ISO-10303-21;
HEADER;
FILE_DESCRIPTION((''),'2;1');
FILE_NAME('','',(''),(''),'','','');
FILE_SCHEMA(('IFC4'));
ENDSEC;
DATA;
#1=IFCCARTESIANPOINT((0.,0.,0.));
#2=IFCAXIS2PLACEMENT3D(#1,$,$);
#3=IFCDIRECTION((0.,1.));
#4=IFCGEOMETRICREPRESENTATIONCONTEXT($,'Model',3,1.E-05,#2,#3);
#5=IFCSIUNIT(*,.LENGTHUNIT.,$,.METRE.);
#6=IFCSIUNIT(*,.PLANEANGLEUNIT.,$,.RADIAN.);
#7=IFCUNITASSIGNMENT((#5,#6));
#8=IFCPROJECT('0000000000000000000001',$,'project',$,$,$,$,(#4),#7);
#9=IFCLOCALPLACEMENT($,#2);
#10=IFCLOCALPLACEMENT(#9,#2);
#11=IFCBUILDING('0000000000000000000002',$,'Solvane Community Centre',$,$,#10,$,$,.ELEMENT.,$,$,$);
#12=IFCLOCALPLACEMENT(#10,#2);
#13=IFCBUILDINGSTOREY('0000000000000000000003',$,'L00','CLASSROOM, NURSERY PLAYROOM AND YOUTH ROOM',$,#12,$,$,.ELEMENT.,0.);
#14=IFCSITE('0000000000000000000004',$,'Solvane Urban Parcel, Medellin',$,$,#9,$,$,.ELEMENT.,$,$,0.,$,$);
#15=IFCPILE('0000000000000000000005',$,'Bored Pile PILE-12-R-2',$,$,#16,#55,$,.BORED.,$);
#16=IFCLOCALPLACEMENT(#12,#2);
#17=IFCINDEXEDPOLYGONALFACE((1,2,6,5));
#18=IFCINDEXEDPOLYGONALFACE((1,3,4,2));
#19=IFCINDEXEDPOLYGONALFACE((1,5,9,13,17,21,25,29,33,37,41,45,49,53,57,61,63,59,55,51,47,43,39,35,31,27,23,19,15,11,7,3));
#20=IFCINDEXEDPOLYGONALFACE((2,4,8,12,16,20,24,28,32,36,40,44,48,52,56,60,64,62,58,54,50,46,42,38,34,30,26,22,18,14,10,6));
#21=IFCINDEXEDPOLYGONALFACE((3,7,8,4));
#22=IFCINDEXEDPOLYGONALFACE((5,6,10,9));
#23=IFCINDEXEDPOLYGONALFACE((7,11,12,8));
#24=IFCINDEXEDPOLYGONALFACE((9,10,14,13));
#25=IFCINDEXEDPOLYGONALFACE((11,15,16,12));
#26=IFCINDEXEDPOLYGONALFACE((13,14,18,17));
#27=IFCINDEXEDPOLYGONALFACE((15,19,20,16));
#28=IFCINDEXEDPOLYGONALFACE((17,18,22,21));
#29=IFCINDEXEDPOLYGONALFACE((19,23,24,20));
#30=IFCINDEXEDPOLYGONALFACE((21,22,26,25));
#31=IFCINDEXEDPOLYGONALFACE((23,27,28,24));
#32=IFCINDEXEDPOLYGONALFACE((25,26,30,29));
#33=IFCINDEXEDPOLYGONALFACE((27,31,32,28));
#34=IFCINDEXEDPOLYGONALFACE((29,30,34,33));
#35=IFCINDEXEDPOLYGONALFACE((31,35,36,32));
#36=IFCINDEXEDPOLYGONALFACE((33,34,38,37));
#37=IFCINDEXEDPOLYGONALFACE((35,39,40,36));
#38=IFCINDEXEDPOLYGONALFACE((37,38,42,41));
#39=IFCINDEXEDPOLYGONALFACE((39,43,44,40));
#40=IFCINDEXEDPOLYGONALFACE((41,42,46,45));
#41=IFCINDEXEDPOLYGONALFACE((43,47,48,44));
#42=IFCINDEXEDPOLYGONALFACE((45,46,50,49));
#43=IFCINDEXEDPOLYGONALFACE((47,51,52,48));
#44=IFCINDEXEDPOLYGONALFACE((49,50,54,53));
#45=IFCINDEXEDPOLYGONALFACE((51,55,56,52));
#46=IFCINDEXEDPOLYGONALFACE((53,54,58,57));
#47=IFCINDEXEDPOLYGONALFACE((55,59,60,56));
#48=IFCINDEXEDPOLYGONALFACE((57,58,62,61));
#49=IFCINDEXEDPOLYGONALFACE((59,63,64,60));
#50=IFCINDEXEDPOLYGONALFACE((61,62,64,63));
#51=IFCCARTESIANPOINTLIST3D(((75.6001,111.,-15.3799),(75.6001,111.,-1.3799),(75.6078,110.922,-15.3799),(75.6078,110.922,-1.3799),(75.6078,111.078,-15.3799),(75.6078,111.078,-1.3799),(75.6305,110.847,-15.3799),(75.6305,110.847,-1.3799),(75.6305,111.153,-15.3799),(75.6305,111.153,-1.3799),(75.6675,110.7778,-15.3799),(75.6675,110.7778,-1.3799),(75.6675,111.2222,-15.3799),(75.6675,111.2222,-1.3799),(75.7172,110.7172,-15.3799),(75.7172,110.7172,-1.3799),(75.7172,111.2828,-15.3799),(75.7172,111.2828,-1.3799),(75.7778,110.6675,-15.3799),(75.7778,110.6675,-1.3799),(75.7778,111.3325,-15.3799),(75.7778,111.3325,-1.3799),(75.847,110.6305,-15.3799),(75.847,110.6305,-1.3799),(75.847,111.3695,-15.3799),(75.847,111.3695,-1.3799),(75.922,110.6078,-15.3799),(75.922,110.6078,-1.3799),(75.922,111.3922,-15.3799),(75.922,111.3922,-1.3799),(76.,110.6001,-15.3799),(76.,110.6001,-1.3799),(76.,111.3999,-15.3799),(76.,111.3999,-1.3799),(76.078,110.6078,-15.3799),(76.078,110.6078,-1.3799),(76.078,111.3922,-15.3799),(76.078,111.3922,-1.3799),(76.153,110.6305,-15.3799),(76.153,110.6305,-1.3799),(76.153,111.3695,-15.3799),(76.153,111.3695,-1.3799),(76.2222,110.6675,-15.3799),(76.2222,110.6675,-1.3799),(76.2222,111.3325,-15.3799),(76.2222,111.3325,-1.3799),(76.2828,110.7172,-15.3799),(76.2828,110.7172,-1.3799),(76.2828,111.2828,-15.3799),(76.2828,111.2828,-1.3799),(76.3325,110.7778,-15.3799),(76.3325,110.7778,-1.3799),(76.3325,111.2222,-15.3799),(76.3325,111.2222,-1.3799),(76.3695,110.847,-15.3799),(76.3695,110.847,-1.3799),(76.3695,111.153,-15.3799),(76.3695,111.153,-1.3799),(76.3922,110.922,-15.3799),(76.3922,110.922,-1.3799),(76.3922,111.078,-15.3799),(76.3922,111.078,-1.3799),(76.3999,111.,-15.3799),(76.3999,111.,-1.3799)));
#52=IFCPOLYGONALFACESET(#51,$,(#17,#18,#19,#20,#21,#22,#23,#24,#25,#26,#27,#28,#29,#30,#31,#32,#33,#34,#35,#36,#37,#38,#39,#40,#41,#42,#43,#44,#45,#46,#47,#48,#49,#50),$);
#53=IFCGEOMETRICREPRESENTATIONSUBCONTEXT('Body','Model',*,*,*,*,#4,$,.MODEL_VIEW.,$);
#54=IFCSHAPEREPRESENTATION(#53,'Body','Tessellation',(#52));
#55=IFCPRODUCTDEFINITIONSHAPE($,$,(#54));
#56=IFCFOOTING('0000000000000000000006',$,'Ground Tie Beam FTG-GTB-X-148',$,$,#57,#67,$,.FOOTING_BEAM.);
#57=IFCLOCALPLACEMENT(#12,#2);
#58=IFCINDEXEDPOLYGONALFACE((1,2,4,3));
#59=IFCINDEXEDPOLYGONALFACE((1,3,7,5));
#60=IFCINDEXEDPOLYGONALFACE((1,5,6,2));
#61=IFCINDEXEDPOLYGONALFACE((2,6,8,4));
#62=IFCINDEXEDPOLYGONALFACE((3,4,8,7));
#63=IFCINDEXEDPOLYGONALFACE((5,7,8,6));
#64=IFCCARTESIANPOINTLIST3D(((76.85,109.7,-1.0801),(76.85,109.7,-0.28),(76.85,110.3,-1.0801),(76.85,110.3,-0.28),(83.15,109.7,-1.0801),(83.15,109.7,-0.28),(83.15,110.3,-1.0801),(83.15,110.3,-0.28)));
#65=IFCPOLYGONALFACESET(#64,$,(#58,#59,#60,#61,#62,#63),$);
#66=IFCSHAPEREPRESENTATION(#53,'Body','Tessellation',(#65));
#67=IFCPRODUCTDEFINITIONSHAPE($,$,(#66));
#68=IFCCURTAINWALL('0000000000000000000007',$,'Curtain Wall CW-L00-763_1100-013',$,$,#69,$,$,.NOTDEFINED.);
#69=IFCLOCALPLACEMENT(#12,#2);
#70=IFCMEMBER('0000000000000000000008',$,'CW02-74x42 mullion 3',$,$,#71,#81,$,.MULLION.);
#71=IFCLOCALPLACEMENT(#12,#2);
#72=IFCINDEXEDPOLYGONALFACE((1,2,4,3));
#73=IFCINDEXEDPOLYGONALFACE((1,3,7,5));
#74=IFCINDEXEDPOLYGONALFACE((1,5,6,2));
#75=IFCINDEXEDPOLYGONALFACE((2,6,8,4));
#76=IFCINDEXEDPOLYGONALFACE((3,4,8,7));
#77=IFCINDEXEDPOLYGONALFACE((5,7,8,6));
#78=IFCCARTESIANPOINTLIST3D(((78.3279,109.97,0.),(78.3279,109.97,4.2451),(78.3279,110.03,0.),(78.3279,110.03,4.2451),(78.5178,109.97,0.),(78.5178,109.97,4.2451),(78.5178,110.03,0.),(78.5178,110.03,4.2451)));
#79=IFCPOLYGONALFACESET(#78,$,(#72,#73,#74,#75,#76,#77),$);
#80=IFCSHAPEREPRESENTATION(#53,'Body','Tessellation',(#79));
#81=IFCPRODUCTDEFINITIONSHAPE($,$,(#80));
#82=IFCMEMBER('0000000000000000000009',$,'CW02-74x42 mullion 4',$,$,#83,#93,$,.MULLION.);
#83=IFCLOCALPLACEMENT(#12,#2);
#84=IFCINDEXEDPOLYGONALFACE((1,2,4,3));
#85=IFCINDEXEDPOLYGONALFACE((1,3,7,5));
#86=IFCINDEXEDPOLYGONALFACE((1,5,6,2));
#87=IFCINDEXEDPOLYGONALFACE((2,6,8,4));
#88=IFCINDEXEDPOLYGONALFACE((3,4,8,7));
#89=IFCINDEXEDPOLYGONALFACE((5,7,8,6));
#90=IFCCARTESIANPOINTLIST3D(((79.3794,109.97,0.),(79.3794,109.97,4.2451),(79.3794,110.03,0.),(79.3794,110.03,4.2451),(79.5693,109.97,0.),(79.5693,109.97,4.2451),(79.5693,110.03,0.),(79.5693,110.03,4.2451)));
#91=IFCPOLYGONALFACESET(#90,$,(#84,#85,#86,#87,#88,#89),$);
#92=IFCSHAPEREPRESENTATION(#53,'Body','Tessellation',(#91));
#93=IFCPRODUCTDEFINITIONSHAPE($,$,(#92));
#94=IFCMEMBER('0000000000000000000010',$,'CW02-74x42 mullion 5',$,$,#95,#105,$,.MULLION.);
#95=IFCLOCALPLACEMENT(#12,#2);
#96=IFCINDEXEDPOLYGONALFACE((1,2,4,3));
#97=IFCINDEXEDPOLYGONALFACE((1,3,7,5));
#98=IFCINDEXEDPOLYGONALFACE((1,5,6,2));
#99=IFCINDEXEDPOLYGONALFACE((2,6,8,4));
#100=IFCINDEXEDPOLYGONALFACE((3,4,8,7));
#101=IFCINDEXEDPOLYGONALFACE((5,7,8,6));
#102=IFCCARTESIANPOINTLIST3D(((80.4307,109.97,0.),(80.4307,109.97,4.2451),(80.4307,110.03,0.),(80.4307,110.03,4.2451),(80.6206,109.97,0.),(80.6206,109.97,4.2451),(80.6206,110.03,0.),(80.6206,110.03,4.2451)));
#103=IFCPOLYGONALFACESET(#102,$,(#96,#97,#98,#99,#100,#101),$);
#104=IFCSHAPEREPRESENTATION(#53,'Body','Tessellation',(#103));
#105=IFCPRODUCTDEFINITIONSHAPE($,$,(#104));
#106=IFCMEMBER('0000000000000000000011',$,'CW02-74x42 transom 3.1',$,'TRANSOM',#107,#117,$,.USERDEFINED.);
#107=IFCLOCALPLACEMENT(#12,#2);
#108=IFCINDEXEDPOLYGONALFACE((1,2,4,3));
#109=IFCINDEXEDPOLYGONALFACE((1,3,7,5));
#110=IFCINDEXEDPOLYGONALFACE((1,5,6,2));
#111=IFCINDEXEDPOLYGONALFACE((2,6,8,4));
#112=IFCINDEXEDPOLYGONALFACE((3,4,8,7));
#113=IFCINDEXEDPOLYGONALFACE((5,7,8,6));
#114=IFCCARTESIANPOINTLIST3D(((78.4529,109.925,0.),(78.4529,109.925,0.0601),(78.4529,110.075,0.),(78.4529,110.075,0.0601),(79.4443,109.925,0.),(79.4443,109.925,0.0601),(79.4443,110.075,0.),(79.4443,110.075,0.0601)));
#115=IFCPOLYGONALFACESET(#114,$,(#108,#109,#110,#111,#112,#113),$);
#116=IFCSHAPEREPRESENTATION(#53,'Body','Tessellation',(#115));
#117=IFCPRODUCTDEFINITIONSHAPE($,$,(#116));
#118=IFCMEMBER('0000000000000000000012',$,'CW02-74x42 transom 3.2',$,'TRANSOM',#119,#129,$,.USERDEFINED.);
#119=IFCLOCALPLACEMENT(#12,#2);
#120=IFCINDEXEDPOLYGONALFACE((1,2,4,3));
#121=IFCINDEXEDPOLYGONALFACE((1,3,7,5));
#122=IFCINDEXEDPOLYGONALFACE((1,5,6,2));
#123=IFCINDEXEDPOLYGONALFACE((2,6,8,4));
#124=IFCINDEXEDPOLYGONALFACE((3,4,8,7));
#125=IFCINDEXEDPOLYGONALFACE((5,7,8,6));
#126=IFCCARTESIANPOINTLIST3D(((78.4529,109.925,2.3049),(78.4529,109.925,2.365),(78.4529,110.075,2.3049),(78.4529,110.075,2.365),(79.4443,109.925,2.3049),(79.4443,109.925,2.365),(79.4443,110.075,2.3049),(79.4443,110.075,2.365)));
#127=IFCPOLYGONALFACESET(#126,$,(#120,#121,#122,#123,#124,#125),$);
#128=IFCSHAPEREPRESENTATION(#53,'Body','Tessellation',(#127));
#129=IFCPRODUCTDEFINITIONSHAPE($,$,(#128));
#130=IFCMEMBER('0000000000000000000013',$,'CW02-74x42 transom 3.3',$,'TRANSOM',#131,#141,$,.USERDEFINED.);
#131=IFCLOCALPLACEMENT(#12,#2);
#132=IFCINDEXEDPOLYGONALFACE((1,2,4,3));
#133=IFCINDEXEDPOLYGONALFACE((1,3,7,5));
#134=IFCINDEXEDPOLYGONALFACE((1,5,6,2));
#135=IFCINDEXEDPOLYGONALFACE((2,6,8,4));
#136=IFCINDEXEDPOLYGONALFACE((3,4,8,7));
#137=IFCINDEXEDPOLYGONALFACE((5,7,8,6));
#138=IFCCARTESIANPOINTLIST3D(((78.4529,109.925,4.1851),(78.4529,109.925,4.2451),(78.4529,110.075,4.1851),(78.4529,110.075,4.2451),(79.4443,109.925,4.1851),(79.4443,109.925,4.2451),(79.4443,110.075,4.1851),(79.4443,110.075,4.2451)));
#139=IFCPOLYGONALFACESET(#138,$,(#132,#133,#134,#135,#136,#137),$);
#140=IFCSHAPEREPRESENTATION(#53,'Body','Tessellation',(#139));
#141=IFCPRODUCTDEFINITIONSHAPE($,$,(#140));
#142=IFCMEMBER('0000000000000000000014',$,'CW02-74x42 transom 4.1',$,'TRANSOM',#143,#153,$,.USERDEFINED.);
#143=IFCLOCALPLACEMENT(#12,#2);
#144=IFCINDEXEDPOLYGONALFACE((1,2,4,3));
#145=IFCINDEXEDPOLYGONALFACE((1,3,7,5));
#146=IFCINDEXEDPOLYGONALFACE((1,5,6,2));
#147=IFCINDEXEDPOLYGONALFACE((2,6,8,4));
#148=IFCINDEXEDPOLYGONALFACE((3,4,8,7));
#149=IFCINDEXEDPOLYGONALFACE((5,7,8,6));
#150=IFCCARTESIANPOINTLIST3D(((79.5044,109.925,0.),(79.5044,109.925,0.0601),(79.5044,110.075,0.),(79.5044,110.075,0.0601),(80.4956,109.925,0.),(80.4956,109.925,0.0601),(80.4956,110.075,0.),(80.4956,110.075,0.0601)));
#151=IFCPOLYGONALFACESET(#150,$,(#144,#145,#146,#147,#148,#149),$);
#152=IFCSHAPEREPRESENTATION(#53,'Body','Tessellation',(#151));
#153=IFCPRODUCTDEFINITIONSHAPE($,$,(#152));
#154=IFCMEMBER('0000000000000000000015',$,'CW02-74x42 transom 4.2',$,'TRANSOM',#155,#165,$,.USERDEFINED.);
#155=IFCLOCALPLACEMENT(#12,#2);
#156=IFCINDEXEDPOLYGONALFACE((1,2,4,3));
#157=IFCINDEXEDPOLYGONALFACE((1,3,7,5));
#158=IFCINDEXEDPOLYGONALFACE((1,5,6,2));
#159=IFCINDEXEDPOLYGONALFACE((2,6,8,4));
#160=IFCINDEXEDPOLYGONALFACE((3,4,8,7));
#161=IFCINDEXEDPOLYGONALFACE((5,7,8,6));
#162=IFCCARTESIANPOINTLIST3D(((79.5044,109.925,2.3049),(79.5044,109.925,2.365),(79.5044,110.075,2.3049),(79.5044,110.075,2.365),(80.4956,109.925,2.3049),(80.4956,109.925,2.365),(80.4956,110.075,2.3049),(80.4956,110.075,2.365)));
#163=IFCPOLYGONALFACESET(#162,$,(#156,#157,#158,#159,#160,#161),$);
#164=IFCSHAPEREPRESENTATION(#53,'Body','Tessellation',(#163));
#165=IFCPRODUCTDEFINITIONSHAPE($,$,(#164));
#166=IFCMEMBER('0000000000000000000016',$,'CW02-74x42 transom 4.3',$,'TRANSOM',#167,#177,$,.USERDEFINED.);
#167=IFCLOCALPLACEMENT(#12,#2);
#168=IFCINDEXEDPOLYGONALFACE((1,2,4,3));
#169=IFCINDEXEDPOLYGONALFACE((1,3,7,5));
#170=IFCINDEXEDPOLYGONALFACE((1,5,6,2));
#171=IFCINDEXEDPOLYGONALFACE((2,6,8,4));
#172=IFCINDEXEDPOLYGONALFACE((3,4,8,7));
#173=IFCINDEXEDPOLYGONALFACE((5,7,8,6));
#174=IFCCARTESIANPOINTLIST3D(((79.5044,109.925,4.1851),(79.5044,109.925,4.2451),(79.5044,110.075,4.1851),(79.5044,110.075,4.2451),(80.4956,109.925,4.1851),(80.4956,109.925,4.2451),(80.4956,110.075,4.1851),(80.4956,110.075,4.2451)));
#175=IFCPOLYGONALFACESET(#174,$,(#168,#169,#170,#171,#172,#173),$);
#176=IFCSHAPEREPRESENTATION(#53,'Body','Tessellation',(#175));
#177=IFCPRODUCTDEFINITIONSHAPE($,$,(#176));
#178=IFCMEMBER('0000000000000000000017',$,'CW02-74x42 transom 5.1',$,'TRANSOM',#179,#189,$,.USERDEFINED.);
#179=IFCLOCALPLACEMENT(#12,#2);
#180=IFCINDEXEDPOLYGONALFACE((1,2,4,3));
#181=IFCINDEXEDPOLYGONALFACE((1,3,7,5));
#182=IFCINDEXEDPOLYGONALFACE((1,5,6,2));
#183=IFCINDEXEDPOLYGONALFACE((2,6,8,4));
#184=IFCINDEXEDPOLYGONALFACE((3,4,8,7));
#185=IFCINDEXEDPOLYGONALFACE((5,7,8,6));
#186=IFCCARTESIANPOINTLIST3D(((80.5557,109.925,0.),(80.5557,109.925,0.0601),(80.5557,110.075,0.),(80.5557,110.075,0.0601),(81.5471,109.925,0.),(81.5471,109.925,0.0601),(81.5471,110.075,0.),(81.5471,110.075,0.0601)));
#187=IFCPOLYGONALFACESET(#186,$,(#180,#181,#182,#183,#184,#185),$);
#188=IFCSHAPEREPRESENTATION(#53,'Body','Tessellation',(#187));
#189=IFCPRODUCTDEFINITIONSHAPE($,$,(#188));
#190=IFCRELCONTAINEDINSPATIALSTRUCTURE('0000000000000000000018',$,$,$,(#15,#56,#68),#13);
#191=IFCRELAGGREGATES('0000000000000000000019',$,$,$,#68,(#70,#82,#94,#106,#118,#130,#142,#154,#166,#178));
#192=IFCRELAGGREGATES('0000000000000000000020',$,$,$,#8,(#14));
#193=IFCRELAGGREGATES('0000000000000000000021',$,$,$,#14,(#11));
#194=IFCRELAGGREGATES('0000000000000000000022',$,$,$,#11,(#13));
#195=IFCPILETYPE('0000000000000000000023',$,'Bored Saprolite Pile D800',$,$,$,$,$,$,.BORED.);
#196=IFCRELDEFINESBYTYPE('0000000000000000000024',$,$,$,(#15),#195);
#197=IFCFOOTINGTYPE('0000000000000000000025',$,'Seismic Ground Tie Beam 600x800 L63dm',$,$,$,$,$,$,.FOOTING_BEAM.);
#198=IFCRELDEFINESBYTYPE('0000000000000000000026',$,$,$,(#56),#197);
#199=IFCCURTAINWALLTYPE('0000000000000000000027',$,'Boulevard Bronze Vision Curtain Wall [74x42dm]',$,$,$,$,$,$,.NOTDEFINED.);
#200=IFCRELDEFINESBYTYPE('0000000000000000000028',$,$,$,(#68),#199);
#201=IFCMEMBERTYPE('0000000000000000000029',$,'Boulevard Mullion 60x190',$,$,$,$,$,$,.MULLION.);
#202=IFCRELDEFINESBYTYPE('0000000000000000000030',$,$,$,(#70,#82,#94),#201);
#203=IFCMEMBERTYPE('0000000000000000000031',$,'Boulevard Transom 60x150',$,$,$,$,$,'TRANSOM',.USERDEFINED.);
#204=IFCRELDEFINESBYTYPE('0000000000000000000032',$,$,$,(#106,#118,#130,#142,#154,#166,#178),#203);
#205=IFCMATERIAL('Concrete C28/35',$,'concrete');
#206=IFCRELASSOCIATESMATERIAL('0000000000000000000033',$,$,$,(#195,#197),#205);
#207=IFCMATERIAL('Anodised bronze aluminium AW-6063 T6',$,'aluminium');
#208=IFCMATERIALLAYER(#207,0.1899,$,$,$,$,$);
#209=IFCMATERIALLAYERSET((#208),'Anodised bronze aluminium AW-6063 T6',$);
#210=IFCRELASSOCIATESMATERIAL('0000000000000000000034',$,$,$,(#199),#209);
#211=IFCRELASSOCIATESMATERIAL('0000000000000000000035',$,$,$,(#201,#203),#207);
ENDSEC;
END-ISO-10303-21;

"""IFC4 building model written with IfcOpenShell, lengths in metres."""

from ifc_helpers import new_model, si_unit, direction, frame, origin, origin_2d, place, context, subcontext, project, spatial, rectangle, circle, extrude, material, layer, layer_set, material_profile, profile_set, type_object, element, aggregate, save


model = new_model("IFC4")

# Units and contexts
model_context = context("Model", 3, precision=1e-05, world=origin(), true_north=direction((0.0, 1.0)))
body_context = subcontext(model_context, "Body", "Model", "MODEL_VIEW")
ifc_project = project(units=[si_unit("LENGTHUNIT", "METRE"), si_unit("PLANEANGLEUNIT", "RADIAN")], contexts=[model_context])

# Site, building, storey
site_placement = place(None, origin())
site = spatial("IfcSite", under=ifc_project, at=site_placement, Name="Solvane Urban Parcel, Medellin", CompositionType="ELEMENT", RefElevation=0.0)
building_placement = place(site_placement, origin())
building = spatial("IfcBuilding", under=site, at=building_placement, Name="Solvane Community Centre", CompositionType="ELEMENT")
storey_placement = place(building_placement, origin())
storey = spatial("IfcBuildingStorey", under=building, at=storey_placement, Name="L00", Description="CLASSROOM, NURSERY PLAYROOM AND YOUTH ROOM", CompositionType="ELEMENT", Elevation=0.0)

# Pile
ifc_material_1 = material(Name="Concrete C28/35", Category="concrete")
ifc_material_profile_1 = material_profile(ifc_material_1, circle(Radius=0.3999, at=origin_2d()), Name="PILE D800")
ifc_profile_set_1 = profile_set([ifc_material_profile_1], Name="Concrete C28/35")
pile_type = type_object("IfcPileType", Name="Bored Saprolite Pile D800", PredefinedType="BORED", material=ifc_profile_set_1)
pile_placement = place(storey_placement, frame((76.0, 111.0, -1.3799), z_axis=(0.0, 0.0, -1.0), x_axis=(1.0, 0.0, 0.0)))
element("IfcPile", 1, at=pile_placement, inside=storey, type_object=pile_type, Name="Bored Pile PILE-12-R-2", PredefinedType="BORED", context=body_context, shape_type="SweptSolid", body=[
    extrude(circle(Radius=0.3999, at=origin_2d()), origin(), (0.0, 0.0, 1.0), 14.0),
])

# Footing
footing_type = type_object("IfcFootingType", Name="Seismic Ground Tie Beam 600x800 L63dm", PredefinedType="FOOTING_BEAM", material=ifc_material_1)
footing_placement = place(storey_placement, frame((80.0, 110.0, -1.0801), z_axis=(0.0, 0.0, 1.0), x_axis=(1.0, 0.0, 0.0)))
element("IfcFooting", 2, at=footing_placement, inside=storey, type_object=footing_type, Name="Ground Tie Beam FTG-GTB-X-148", PredefinedType="FOOTING_BEAM", context=body_context, shape_type="SweptSolid", body=[
    extrude(rectangle(XDim=6.3, YDim=0.6001, at=origin_2d()), origin(), (0.0, 0.0, 1.0), 0.8),
])

# Curtain wall, members
ifc_material_2 = material(Name="Anodised bronze aluminium AW-6063 T6", Category="aluminium")
ifc_layer_1 = layer(ifc_material_2, 0.1899)
ifc_layer_set_1 = layer_set([ifc_layer_1], Name="Anodised bronze aluminium AW-6063 T6")
curtain_wall_type = type_object("IfcCurtainWallType", Name="Boulevard Bronze Vision Curtain Wall [74x42dm]", PredefinedType="NOTDEFINED", material=ifc_layer_set_1)
curtain_wall_placement = place(storey_placement, origin())
curtain_wall = element("IfcCurtainWall", 3, at=curtain_wall_placement, inside=storey, type_object=curtain_wall_type, Name="Curtain Wall CW-L00-763_1100-013", PredefinedType="NOTDEFINED")
ifc_material_profile_2 = material_profile(ifc_material_2, rectangle(XDim=0.0601, YDim=0.1899, at=origin_2d()), Name="CW-M 60x190")
ifc_profile_set_2 = profile_set([ifc_material_profile_2], Name="Anodised bronze aluminium AW-6063 T6")
member_type_1 = type_object("IfcMemberType", Name="Boulevard Mullion 60x190", PredefinedType="MULLION", material=ifc_profile_set_2)
member_1_placement = place(storey_placement, frame((78.4229, 110.0, 0.0), z_axis=(0.0, 0.0, 1.0), x_axis=(0.0, 1.0, 0.0)))
member_1 = element("IfcMember", 4, at=member_1_placement, type_object=member_type_1, Name="CW02-74x42 mullion 3", PredefinedType="MULLION", context=body_context, shape_type="SweptSolid", body=[
    extrude(rectangle(XDim=0.0601, YDim=0.1899, at=origin_2d()), origin(), (0.0, 0.0, 1.0), 4.2451),
])
member_2_placement = place(storey_placement, frame((79.4744, 110.0, 0.0), z_axis=(0.0, 0.0, 1.0), x_axis=(0.0, 1.0, 0.0)))
member_2 = element("IfcMember", 5, at=member_2_placement, type_object=member_type_1, Name="CW02-74x42 mullion 4", PredefinedType="MULLION", context=body_context, shape_type="SweptSolid", body=[
    extrude(rectangle(XDim=0.0601, YDim=0.1899, at=origin_2d()), origin(), (0.0, 0.0, 1.0), 4.2451),
])
member_3_placement = place(storey_placement, frame((80.5256, 110.0, 0.0), z_axis=(0.0, 0.0, 1.0), x_axis=(0.0, 1.0, 0.0)))
member_3 = element("IfcMember", 6, at=member_3_placement, type_object=member_type_1, Name="CW02-74x42 mullion 5", PredefinedType="MULLION", context=body_context, shape_type="SweptSolid", body=[
    extrude(rectangle(XDim=0.0601, YDim=0.1899, at=origin_2d()), origin(), (0.0, 0.0, 1.0), 4.2451),
])
ifc_material_profile_3 = material_profile(ifc_material_2, rectangle(XDim=0.1499, YDim=0.0601, at=origin_2d()), Name="CW-T 60x150")
ifc_profile_set_3 = profile_set([ifc_material_profile_3], Name="Anodised bronze aluminium AW-6063 T6")
member_type_2 = type_object("IfcMemberType", Name="Boulevard Transom 60x150", ElementType="TRANSOM", PredefinedType="USERDEFINED", material=ifc_profile_set_3)
member_4_placement = place(storey_placement, frame((78.4529, 110.0, 0.03), z_axis=(1.0, 0.0, 0.0), x_axis=(0.0, 1.0, 0.0)))
member_4 = element("IfcMember", 7, at=member_4_placement, type_object=member_type_2, Name="CW02-74x42 transom 3.1", ObjectType="TRANSOM", PredefinedType="USERDEFINED", context=body_context, shape_type="SweptSolid", body=[
    extrude(rectangle(XDim=0.1499, YDim=0.0601, at=origin_2d()), origin(), (0.0, 0.0, 1.0), 0.9915),
])
member_5_placement = place(storey_placement, frame((78.4529, 110.0, 2.335), z_axis=(1.0, 0.0, 0.0), x_axis=(0.0, 1.0, 0.0)))
member_5 = element("IfcMember", 8, at=member_5_placement, type_object=member_type_2, Name="CW02-74x42 transom 3.2", ObjectType="TRANSOM", PredefinedType="USERDEFINED", context=body_context, shape_type="SweptSolid", body=[
    extrude(rectangle(XDim=0.1499, YDim=0.0601, at=origin_2d()), origin(), (0.0, 0.0, 1.0), 0.9915),
])
member_6_placement = place(storey_placement, frame((78.4529, 110.0, 4.2151), z_axis=(1.0, 0.0, 0.0), x_axis=(0.0, 1.0, 0.0)))
member_6 = element("IfcMember", 9, at=member_6_placement, type_object=member_type_2, Name="CW02-74x42 transom 3.3", ObjectType="TRANSOM", PredefinedType="USERDEFINED", context=body_context, shape_type="SweptSolid", body=[
    extrude(rectangle(XDim=0.1499, YDim=0.0601, at=origin_2d()), origin(), (0.0, 0.0, 1.0), 0.9915),
])
member_7_placement = place(storey_placement, frame((79.5044, 110.0, 0.03), z_axis=(1.0, 0.0, 0.0), x_axis=(0.0, 1.0, 0.0)))
member_7 = element("IfcMember", 10, at=member_7_placement, type_object=member_type_2, Name="CW02-74x42 transom 4.1", ObjectType="TRANSOM", PredefinedType="USERDEFINED", context=body_context, shape_type="SweptSolid", body=[
    extrude(rectangle(XDim=0.1499, YDim=0.0601, at=origin_2d()), origin(), (0.0, 0.0, 1.0), 0.9912),
])
member_8_placement = place(storey_placement, frame((79.5044, 110.0, 2.335), z_axis=(1.0, 0.0, 0.0), x_axis=(0.0, 1.0, 0.0)))
member_8 = element("IfcMember", 11, at=member_8_placement, type_object=member_type_2, Name="CW02-74x42 transom 4.2", ObjectType="TRANSOM", PredefinedType="USERDEFINED", context=body_context, shape_type="SweptSolid", body=[
    extrude(rectangle(XDim=0.1499, YDim=0.0601, at=origin_2d()), origin(), (0.0, 0.0, 1.0), 0.9912),
])
member_9_placement = place(storey_placement, frame((79.5044, 110.0, 4.2151), z_axis=(1.0, 0.0, 0.0), x_axis=(0.0, 1.0, 0.0)))
member_9 = element("IfcMember", 12, at=member_9_placement, type_object=member_type_2, Name="CW02-74x42 transom 4.3", ObjectType="TRANSOM", PredefinedType="USERDEFINED", context=body_context, shape_type="SweptSolid", body=[
    extrude(rectangle(XDim=0.1499, YDim=0.0601, at=origin_2d()), origin(), (0.0, 0.0, 1.0), 0.9912),
])
member_10_placement = place(storey_placement, frame((80.5557, 110.0, 0.03), z_axis=(1.0, 0.0, 0.0), x_axis=(0.0, 1.0, 0.0)))
member_10 = element("IfcMember", 13, at=member_10_placement, type_object=member_type_2, Name="CW02-74x42 transom 5.1", ObjectType="TRANSOM", PredefinedType="USERDEFINED", context=body_context, shape_type="SweptSolid", body=[
    extrude(rectangle(XDim=0.1499, YDim=0.0601, at=origin_2d()), origin(), (0.0, 0.0, 1.0), 0.9915),
])

aggregate(curtain_wall, [member_1, member_2, member_3, member_4, member_5, member_6, member_7, member_8, member_9, member_10])

save(model, "model.ifc")
